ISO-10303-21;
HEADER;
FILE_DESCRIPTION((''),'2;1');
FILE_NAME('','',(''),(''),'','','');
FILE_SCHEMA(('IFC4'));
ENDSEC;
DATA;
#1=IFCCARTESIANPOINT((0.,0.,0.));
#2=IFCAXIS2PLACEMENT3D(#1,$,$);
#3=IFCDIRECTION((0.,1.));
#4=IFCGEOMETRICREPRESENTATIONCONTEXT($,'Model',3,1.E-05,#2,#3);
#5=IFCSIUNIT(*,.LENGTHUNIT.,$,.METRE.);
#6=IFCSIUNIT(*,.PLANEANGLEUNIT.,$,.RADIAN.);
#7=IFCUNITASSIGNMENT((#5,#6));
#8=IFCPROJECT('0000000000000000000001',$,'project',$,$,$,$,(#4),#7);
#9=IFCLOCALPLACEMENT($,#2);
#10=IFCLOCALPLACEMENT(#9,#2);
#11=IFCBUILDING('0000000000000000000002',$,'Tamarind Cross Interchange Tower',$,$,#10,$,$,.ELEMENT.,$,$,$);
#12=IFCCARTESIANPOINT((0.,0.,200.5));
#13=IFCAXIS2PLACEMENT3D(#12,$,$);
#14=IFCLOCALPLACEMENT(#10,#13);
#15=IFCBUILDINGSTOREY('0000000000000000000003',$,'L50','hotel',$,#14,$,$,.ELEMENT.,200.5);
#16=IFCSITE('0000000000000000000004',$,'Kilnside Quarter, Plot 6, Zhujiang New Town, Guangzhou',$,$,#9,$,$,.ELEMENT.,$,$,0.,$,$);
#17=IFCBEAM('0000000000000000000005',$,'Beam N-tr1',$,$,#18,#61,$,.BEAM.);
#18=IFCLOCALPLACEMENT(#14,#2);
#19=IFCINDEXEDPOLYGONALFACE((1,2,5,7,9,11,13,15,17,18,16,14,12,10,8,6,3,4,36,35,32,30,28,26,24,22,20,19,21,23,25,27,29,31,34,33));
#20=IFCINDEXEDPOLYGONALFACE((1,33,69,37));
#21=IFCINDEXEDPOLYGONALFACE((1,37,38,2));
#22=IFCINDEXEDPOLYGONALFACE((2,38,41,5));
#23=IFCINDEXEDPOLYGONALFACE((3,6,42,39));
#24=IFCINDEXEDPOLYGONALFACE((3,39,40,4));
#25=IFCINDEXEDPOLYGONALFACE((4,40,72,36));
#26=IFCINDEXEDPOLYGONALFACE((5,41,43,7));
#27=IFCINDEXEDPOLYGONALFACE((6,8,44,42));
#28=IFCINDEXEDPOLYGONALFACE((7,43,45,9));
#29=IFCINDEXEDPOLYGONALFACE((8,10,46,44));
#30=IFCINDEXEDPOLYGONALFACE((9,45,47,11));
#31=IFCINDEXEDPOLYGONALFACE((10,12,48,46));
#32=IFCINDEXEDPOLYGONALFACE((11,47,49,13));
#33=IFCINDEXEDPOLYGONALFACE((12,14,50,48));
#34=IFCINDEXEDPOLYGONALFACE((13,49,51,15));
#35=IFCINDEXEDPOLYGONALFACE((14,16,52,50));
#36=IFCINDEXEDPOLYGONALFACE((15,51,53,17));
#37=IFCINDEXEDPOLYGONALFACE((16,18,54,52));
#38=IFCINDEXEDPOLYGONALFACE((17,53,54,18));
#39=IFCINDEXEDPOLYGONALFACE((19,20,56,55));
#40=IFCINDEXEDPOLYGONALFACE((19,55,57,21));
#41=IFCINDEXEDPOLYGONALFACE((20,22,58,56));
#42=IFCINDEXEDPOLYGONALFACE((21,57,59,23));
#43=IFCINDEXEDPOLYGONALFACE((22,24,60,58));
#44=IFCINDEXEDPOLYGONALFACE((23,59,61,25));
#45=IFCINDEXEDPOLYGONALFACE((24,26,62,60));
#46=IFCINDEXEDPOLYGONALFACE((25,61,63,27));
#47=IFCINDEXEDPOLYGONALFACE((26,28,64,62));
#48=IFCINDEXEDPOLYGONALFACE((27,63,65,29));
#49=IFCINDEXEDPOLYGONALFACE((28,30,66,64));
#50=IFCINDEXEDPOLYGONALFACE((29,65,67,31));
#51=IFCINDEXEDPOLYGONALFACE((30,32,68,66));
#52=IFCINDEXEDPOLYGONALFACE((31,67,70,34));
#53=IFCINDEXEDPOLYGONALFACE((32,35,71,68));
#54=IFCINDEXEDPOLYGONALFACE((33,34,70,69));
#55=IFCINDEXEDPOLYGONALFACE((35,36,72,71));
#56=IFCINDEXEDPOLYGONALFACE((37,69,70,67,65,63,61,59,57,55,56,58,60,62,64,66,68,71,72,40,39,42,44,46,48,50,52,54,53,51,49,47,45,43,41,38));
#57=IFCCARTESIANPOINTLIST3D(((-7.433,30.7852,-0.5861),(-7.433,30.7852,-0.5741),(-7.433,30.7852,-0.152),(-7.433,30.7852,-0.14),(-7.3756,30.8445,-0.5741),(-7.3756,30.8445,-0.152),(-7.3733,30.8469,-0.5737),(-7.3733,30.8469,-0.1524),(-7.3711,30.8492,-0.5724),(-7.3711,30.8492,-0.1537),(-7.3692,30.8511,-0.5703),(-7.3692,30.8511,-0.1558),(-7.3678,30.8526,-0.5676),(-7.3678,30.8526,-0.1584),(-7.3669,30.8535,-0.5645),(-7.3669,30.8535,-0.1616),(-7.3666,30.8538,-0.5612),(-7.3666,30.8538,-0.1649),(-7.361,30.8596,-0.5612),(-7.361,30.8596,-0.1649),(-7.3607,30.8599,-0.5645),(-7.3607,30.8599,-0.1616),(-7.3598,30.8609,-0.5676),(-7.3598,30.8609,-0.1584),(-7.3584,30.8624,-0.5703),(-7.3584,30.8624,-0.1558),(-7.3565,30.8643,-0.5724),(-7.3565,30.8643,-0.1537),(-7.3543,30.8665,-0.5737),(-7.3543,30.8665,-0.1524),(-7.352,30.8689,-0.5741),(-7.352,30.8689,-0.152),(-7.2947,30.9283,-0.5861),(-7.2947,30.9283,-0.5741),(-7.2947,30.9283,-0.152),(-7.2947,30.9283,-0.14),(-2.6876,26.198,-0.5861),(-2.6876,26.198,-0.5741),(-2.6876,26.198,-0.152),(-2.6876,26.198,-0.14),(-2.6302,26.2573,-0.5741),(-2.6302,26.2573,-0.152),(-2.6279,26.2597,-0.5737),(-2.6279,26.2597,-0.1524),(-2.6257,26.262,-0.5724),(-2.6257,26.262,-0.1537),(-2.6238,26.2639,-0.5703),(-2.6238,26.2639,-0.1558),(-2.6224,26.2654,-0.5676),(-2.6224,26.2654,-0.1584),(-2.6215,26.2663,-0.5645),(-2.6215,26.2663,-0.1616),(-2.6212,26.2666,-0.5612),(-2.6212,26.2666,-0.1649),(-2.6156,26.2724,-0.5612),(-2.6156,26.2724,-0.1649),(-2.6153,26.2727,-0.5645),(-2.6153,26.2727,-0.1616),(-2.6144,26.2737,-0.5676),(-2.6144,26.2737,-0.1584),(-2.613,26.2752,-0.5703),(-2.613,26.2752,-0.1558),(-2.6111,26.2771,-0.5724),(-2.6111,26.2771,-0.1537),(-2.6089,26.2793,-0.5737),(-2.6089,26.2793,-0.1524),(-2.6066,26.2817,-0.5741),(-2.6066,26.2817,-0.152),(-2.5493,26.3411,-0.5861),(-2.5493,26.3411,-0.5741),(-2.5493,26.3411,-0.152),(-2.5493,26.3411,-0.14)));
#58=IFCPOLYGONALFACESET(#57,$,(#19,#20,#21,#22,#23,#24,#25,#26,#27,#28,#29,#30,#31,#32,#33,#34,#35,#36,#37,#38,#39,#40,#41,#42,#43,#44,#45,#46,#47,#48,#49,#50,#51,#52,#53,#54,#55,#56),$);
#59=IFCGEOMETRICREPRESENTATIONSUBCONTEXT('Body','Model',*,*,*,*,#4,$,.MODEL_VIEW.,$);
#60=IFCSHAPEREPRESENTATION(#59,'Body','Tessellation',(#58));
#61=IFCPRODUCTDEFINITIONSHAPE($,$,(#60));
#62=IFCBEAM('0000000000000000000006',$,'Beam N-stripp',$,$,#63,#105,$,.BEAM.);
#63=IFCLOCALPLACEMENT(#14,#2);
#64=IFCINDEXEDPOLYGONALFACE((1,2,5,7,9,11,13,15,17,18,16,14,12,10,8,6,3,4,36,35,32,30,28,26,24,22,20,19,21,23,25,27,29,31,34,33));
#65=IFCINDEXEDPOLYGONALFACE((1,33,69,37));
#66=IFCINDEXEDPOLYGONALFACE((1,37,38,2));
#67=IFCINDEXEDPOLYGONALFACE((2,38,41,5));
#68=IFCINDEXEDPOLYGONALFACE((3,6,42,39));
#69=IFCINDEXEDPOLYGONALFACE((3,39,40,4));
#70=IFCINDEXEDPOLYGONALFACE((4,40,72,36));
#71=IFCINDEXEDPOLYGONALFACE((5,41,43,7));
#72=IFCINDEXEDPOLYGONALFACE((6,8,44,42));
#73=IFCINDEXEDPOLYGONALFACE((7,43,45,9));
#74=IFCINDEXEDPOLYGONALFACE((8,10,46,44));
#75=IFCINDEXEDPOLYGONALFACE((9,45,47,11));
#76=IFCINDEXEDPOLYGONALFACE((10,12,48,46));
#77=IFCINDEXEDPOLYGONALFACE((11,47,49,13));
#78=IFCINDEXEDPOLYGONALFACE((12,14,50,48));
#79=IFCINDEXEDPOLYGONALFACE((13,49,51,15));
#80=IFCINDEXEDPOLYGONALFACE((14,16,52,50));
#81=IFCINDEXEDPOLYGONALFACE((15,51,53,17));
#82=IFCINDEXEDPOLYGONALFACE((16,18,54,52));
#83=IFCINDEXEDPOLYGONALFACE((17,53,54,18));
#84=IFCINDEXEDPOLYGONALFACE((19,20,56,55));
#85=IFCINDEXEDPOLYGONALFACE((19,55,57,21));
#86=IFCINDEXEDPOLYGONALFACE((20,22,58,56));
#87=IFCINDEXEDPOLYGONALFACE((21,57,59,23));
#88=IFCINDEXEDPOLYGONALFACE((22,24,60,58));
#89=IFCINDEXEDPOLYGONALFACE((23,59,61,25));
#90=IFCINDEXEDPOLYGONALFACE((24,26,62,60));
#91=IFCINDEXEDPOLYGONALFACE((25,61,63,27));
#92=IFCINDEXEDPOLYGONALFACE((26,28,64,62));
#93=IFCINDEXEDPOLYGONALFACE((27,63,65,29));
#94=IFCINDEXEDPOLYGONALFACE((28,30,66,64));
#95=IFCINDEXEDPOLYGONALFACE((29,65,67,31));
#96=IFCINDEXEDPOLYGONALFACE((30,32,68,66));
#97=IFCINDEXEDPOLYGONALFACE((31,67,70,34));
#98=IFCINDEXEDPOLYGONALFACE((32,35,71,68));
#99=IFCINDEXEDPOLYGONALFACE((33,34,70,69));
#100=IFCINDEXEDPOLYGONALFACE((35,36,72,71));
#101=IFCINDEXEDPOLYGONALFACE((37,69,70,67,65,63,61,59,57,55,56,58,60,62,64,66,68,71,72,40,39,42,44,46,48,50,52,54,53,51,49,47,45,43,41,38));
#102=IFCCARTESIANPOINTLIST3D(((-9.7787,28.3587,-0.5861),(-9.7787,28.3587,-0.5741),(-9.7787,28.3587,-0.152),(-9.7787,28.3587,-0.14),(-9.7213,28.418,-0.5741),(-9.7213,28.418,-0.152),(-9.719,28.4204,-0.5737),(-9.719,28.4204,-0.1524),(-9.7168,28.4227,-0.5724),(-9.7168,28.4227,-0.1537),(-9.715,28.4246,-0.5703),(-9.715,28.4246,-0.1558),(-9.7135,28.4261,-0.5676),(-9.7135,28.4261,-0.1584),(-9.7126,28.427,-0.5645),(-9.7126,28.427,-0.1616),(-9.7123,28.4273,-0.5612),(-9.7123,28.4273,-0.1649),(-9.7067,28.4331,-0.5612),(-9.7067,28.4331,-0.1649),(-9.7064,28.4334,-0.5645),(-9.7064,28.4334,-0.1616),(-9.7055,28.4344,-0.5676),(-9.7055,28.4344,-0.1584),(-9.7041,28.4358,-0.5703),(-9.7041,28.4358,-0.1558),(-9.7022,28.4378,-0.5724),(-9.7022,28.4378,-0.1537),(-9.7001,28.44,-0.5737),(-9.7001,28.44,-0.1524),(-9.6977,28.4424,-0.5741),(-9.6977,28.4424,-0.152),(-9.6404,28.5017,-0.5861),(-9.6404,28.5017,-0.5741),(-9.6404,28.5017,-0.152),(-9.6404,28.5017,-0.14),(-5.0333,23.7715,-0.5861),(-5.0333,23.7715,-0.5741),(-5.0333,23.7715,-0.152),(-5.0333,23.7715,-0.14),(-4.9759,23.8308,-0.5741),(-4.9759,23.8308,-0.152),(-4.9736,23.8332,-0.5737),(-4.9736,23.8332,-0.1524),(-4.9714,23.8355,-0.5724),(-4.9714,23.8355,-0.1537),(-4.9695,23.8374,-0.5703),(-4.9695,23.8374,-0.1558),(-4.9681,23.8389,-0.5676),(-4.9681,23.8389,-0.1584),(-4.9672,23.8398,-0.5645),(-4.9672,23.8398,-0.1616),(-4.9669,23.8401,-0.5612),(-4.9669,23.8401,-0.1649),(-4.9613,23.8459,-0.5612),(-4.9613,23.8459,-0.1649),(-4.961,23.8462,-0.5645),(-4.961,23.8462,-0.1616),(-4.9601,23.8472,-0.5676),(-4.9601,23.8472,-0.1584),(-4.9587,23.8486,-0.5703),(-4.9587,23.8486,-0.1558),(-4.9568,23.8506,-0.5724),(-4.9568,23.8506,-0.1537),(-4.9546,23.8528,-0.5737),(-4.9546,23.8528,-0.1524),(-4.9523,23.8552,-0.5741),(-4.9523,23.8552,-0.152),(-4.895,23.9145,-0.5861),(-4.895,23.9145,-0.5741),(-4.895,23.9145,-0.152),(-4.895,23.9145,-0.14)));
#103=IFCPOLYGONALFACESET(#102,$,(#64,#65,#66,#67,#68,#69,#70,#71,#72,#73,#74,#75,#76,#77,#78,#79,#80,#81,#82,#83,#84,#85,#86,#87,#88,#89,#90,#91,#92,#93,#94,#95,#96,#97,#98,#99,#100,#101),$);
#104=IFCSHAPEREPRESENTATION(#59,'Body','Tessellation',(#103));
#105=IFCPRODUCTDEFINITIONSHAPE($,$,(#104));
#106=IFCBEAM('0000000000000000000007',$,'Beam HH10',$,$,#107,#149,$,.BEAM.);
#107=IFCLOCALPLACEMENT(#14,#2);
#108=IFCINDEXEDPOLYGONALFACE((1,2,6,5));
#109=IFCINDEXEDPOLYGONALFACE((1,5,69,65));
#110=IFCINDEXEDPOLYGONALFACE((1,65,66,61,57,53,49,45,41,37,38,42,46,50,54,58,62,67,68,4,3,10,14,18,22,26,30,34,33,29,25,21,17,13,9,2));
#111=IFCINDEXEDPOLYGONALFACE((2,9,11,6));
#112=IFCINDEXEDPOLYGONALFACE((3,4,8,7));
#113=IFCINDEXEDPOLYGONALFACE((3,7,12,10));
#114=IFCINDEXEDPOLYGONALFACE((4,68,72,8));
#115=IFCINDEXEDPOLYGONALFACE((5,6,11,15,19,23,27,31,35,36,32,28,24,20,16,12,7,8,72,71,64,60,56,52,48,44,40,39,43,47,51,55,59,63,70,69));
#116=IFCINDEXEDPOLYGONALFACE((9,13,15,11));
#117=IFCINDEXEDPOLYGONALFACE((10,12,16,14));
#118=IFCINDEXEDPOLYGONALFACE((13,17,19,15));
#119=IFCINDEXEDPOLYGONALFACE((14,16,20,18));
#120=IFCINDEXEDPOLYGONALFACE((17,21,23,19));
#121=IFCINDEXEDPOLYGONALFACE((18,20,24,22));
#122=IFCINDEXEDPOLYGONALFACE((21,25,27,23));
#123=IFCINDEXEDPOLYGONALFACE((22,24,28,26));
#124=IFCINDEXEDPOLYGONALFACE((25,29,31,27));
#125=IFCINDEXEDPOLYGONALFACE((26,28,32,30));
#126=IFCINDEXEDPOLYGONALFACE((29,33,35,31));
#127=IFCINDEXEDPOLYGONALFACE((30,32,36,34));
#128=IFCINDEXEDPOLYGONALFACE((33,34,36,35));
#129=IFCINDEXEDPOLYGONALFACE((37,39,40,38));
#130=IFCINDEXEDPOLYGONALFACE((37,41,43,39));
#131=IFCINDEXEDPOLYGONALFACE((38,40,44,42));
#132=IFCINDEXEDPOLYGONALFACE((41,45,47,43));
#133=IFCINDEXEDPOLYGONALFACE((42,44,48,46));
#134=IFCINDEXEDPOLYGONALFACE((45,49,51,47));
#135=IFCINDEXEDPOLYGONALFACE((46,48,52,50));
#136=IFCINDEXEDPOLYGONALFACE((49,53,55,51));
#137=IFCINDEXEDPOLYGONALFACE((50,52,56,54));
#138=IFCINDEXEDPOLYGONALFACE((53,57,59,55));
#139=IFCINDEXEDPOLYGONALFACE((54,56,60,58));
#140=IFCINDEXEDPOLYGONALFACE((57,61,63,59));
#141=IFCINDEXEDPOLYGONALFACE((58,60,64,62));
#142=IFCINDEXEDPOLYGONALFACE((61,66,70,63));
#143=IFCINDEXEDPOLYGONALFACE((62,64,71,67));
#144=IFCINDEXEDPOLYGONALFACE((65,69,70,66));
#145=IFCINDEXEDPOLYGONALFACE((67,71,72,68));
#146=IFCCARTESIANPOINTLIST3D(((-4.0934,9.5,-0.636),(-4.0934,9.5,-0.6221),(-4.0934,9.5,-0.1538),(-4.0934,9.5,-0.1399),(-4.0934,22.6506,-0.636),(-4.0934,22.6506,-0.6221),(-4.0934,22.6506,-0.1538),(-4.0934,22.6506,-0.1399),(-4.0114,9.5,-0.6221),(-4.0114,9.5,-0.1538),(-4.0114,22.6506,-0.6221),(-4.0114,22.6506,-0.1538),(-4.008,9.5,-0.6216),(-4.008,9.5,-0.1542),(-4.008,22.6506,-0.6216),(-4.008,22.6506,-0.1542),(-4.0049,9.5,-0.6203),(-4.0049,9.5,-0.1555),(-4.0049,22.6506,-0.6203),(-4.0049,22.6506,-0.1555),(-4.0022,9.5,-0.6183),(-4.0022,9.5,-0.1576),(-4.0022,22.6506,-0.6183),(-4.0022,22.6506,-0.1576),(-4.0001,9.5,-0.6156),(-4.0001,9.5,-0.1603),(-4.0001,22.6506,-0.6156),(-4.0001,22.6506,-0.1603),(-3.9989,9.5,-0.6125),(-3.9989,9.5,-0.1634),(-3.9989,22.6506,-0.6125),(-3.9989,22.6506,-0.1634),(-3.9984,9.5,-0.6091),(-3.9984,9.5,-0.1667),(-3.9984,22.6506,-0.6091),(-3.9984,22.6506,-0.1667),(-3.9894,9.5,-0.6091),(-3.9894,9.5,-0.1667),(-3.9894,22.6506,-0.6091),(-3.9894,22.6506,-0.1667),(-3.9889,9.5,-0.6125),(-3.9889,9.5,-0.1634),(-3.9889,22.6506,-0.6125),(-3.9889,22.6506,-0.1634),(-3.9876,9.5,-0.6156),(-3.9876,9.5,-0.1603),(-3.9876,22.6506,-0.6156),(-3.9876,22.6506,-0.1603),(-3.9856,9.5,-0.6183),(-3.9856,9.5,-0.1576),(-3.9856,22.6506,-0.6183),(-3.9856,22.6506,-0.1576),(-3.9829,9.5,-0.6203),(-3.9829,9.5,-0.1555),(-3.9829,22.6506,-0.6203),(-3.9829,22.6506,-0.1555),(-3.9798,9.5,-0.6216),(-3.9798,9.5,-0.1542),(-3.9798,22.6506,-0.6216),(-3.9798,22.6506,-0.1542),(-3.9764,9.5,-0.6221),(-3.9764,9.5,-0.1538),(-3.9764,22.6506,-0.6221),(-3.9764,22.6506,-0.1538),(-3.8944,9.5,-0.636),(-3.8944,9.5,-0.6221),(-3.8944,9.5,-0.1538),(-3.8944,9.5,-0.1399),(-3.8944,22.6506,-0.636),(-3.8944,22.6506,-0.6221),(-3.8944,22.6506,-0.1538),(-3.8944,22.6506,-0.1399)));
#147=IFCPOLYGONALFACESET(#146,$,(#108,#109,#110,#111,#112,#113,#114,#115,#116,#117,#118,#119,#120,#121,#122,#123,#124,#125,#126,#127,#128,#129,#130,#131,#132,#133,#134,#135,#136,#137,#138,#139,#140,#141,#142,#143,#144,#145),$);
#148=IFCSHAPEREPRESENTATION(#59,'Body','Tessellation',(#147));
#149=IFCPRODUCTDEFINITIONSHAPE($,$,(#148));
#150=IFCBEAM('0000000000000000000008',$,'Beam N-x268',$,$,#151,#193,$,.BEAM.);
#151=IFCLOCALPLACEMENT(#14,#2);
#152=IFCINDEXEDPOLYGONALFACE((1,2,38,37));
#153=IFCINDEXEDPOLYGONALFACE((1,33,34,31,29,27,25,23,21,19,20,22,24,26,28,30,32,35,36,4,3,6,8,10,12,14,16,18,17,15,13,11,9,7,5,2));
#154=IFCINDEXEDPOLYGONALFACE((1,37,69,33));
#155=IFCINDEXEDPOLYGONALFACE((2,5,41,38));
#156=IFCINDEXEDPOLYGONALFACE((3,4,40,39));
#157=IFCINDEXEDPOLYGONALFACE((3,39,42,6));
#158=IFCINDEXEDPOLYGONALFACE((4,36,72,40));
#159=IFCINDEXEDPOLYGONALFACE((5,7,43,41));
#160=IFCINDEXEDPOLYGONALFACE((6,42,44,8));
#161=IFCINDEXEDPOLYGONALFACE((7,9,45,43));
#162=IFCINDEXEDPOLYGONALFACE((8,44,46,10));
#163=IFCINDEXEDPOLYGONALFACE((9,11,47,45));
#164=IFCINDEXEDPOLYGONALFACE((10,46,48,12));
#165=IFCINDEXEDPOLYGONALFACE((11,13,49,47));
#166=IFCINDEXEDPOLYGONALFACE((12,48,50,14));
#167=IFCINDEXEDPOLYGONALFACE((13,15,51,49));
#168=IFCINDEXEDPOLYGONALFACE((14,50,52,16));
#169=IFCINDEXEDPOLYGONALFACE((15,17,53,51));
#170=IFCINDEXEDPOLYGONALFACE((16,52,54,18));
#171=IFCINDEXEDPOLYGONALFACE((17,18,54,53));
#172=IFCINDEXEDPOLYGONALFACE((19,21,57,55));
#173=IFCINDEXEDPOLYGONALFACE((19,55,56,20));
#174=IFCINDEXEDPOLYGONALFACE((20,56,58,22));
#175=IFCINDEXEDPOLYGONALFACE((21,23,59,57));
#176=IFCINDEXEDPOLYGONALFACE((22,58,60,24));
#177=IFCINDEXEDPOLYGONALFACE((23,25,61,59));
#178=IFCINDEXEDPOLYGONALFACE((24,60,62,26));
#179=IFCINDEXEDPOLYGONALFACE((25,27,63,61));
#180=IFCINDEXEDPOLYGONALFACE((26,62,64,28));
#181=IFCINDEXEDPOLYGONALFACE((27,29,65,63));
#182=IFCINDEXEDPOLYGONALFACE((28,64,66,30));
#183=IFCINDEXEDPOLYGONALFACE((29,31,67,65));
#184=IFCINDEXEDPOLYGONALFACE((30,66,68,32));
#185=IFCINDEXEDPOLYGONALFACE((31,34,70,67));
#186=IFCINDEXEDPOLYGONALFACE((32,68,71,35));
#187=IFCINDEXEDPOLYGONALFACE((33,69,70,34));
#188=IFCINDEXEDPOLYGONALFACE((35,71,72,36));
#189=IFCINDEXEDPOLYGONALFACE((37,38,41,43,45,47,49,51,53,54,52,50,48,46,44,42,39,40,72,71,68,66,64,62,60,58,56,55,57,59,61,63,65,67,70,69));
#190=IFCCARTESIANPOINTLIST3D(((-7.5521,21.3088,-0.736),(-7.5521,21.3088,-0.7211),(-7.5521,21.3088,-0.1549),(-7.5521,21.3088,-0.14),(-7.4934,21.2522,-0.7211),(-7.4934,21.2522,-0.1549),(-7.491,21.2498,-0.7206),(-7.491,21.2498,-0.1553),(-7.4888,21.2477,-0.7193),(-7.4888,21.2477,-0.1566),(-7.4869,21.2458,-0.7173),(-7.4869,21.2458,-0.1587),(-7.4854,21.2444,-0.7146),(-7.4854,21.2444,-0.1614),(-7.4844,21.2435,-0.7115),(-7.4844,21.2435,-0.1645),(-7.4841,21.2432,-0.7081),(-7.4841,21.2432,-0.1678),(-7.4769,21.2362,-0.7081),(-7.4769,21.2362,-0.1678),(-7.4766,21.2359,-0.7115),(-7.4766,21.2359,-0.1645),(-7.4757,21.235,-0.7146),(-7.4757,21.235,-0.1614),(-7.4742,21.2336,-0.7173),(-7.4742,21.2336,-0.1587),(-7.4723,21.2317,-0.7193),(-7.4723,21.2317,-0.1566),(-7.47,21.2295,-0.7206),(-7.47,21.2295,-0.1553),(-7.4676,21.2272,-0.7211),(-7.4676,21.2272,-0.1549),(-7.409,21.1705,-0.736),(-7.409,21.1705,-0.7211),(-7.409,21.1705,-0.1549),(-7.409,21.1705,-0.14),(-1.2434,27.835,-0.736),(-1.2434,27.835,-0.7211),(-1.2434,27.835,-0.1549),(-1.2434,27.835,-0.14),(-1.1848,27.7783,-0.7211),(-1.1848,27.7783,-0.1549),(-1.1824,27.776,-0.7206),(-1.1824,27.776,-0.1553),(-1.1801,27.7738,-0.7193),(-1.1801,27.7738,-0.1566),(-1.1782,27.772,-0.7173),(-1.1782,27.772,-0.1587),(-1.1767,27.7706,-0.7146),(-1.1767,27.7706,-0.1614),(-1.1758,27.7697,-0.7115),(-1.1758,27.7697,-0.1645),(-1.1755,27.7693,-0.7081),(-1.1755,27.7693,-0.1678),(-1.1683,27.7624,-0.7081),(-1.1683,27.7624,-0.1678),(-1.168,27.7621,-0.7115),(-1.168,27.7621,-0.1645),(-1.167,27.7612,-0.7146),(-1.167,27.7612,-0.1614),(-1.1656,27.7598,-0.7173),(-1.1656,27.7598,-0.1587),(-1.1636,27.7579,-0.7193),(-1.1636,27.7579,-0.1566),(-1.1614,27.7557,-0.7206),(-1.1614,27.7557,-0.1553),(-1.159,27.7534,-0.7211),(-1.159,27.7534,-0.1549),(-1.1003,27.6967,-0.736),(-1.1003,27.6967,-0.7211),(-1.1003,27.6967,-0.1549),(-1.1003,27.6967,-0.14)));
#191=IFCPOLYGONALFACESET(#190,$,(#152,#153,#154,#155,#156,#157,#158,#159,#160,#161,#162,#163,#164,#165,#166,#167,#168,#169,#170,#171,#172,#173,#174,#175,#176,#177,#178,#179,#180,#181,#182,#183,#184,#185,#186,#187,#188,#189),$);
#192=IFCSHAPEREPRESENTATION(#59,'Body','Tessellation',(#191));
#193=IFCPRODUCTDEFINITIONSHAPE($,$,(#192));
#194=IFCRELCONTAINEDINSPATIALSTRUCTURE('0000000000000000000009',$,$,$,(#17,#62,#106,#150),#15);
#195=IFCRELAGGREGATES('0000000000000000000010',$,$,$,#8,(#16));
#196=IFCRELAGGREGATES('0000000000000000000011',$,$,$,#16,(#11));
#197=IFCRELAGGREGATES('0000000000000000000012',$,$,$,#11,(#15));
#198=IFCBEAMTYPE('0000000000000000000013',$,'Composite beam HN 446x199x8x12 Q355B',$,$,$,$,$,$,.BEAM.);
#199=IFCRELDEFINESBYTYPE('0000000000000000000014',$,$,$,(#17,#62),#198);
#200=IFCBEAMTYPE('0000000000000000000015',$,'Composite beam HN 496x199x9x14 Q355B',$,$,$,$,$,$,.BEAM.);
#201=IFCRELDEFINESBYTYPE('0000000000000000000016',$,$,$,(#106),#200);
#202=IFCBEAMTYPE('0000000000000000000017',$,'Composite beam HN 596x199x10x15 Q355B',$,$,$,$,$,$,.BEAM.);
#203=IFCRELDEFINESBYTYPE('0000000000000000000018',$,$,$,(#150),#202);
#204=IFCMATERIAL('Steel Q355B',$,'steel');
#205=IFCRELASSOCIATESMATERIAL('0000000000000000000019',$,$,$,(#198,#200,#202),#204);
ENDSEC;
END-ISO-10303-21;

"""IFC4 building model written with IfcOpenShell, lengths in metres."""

from ifc_helpers import new_model, si_unit, direction, frame, origin, origin_2d, place, context, subcontext, project, spatial, i_section, extrude, material, material_profile, profile_set, type_object, element, save


model = new_model("IFC4")

# Units and contexts
model_context = context("Model", 3, precision=1e-05, world=origin(), true_north=direction((0.0, 1.0)))
body_context = subcontext(model_context, "Body", "Model", "MODEL_VIEW")
ifc_project = project(units=[si_unit("LENGTHUNIT", "METRE"), si_unit("PLANEANGLEUNIT", "RADIAN")], contexts=[model_context])

# Site, building, storey
site_placement = place(None, origin())
site = spatial("IfcSite", under=ifc_project, at=site_placement, Name="Kilnside Quarter, Plot 6, Zhujiang New Town, Guangzhou", CompositionType="ELEMENT", RefElevation=0.0)
building_placement = place(site_placement, origin())
building = spatial("IfcBuilding", under=site, at=building_placement, Name="Tamarind Cross Interchange Tower", CompositionType="ELEMENT")
storey_placement = place(building_placement, frame((0.0, 0.0, 200.5)))
storey = spatial("IfcBuildingStorey", under=building, at=storey_placement, Name="L50", Description="hotel", CompositionType="ELEMENT", Elevation=200.5)

# Beams
ifc_material_1 = material(Name="Steel Q355B", Category="steel")
ifc_material_profile_1 = material_profile(ifc_material_1, i_section(OverallWidth=0.199, OverallDepth=0.446, WebThickness=0.0081, FlangeThickness=0.012, FilletRadius=0.0129, at=origin_2d()), Name="HN 446x199x8x12")
ifc_profile_set_1 = profile_set([ifc_material_profile_1], Name="Steel Q355B")
beam_type_1 = type_object("IfcBeamType", Name="Composite beam HN 446x199x8x12 Q355B", PredefinedType="BEAM", material=ifc_profile_set_1)
for number, where, z_axis, x_axis, name in (
    (1, (-2.6184, 26.2695, -0.363), (-0.71899, 0.69502, 0.0), (-0.69502, -0.71899, 0.0), "Beam N-tr1"),
    (2, (-4.9641, 23.843, -0.363), (-0.71899, 0.69502, 0.0), (-0.69502, -0.71899, 0.0), "Beam N-stripp"),
):
    element("IfcBeam", number, at=place(storey_placement, frame(where, z_axis=z_axis, x_axis=x_axis)), inside=storey, type_object=beam_type_1, Name=name, PredefinedType="BEAM", context=body_context, shape_type="SweptSolid", body=[
        extrude(i_section(OverallWidth=0.199, OverallDepth=0.446, WebThickness=0.0081, FlangeThickness=0.012, FilletRadius=0.0129, at=origin_2d()), origin(), (0.0, 0.0, 1.0), 6.6001),
    ])
ifc_material_profile_2 = material_profile(ifc_material_1, i_section(OverallWidth=0.199, OverallDepth=0.4961, WebThickness=0.009, FlangeThickness=0.0139, FilletRadius=0.0129, at=origin_2d()), Name="HN 496x199x9x14")
ifc_profile_set_2 = profile_set([ifc_material_profile_2], Name="Steel Q355B")
beam_type_2 = type_object("IfcBeamType", Name="Composite beam HN 496x199x9x14 Q355B", PredefinedType="BEAM", material=ifc_profile_set_2)
beam_1_placement = place(storey_placement, frame((-3.9939, 22.6506, -0.3879), z_axis=(0.0, -1.0, 0.0), x_axis=(1.0, 0.0, 0.0)))
element("IfcBeam", 3, at=beam_1_placement, inside=storey, type_object=beam_type_2, Name="Beam HH10", PredefinedType="BEAM", context=body_context, shape_type="SweptSolid", body=[
    extrude(i_section(OverallWidth=0.199, OverallDepth=0.4961, WebThickness=0.009, FlangeThickness=0.0139, FilletRadius=0.0129, at=origin_2d()), origin(), (0.0, 0.0, 1.0), 13.1506),
])
ifc_material_profile_3 = material_profile(ifc_material_1, i_section(OverallWidth=0.199, OverallDepth=0.5959, WebThickness=0.01, FlangeThickness=0.0149, FilletRadius=0.0129, at=origin_2d()), Name="HN 596x199x10x15")
ifc_profile_set_3 = profile_set([ifc_material_profile_3], Name="Steel Q355B")
beam_type_3 = type_object("IfcBeamType", Name="Composite beam HN 596x199x10x15 Q355B", PredefinedType="BEAM", material=ifc_profile_set_3)
beam_2_placement = place(storey_placement, frame((-1.1719, 27.7659, -0.438), z_axis=(-0.695023, -0.718988, 0.0), x_axis=(0.718988, -0.695023, 0.0)))
element("IfcBeam", 4, at=beam_2_placement, inside=storey, type_object=beam_type_3, Name="Beam N-x268", PredefinedType="BEAM", context=body_context, shape_type="SweptSolid", body=[
    extrude(i_section(OverallWidth=0.199, OverallDepth=0.5959, WebThickness=0.01, FlangeThickness=0.0149, FilletRadius=0.0129, at=origin_2d()), origin(), (0.0, 0.0, 1.0), 9.0769),
])

save(model, "model.ifc")
